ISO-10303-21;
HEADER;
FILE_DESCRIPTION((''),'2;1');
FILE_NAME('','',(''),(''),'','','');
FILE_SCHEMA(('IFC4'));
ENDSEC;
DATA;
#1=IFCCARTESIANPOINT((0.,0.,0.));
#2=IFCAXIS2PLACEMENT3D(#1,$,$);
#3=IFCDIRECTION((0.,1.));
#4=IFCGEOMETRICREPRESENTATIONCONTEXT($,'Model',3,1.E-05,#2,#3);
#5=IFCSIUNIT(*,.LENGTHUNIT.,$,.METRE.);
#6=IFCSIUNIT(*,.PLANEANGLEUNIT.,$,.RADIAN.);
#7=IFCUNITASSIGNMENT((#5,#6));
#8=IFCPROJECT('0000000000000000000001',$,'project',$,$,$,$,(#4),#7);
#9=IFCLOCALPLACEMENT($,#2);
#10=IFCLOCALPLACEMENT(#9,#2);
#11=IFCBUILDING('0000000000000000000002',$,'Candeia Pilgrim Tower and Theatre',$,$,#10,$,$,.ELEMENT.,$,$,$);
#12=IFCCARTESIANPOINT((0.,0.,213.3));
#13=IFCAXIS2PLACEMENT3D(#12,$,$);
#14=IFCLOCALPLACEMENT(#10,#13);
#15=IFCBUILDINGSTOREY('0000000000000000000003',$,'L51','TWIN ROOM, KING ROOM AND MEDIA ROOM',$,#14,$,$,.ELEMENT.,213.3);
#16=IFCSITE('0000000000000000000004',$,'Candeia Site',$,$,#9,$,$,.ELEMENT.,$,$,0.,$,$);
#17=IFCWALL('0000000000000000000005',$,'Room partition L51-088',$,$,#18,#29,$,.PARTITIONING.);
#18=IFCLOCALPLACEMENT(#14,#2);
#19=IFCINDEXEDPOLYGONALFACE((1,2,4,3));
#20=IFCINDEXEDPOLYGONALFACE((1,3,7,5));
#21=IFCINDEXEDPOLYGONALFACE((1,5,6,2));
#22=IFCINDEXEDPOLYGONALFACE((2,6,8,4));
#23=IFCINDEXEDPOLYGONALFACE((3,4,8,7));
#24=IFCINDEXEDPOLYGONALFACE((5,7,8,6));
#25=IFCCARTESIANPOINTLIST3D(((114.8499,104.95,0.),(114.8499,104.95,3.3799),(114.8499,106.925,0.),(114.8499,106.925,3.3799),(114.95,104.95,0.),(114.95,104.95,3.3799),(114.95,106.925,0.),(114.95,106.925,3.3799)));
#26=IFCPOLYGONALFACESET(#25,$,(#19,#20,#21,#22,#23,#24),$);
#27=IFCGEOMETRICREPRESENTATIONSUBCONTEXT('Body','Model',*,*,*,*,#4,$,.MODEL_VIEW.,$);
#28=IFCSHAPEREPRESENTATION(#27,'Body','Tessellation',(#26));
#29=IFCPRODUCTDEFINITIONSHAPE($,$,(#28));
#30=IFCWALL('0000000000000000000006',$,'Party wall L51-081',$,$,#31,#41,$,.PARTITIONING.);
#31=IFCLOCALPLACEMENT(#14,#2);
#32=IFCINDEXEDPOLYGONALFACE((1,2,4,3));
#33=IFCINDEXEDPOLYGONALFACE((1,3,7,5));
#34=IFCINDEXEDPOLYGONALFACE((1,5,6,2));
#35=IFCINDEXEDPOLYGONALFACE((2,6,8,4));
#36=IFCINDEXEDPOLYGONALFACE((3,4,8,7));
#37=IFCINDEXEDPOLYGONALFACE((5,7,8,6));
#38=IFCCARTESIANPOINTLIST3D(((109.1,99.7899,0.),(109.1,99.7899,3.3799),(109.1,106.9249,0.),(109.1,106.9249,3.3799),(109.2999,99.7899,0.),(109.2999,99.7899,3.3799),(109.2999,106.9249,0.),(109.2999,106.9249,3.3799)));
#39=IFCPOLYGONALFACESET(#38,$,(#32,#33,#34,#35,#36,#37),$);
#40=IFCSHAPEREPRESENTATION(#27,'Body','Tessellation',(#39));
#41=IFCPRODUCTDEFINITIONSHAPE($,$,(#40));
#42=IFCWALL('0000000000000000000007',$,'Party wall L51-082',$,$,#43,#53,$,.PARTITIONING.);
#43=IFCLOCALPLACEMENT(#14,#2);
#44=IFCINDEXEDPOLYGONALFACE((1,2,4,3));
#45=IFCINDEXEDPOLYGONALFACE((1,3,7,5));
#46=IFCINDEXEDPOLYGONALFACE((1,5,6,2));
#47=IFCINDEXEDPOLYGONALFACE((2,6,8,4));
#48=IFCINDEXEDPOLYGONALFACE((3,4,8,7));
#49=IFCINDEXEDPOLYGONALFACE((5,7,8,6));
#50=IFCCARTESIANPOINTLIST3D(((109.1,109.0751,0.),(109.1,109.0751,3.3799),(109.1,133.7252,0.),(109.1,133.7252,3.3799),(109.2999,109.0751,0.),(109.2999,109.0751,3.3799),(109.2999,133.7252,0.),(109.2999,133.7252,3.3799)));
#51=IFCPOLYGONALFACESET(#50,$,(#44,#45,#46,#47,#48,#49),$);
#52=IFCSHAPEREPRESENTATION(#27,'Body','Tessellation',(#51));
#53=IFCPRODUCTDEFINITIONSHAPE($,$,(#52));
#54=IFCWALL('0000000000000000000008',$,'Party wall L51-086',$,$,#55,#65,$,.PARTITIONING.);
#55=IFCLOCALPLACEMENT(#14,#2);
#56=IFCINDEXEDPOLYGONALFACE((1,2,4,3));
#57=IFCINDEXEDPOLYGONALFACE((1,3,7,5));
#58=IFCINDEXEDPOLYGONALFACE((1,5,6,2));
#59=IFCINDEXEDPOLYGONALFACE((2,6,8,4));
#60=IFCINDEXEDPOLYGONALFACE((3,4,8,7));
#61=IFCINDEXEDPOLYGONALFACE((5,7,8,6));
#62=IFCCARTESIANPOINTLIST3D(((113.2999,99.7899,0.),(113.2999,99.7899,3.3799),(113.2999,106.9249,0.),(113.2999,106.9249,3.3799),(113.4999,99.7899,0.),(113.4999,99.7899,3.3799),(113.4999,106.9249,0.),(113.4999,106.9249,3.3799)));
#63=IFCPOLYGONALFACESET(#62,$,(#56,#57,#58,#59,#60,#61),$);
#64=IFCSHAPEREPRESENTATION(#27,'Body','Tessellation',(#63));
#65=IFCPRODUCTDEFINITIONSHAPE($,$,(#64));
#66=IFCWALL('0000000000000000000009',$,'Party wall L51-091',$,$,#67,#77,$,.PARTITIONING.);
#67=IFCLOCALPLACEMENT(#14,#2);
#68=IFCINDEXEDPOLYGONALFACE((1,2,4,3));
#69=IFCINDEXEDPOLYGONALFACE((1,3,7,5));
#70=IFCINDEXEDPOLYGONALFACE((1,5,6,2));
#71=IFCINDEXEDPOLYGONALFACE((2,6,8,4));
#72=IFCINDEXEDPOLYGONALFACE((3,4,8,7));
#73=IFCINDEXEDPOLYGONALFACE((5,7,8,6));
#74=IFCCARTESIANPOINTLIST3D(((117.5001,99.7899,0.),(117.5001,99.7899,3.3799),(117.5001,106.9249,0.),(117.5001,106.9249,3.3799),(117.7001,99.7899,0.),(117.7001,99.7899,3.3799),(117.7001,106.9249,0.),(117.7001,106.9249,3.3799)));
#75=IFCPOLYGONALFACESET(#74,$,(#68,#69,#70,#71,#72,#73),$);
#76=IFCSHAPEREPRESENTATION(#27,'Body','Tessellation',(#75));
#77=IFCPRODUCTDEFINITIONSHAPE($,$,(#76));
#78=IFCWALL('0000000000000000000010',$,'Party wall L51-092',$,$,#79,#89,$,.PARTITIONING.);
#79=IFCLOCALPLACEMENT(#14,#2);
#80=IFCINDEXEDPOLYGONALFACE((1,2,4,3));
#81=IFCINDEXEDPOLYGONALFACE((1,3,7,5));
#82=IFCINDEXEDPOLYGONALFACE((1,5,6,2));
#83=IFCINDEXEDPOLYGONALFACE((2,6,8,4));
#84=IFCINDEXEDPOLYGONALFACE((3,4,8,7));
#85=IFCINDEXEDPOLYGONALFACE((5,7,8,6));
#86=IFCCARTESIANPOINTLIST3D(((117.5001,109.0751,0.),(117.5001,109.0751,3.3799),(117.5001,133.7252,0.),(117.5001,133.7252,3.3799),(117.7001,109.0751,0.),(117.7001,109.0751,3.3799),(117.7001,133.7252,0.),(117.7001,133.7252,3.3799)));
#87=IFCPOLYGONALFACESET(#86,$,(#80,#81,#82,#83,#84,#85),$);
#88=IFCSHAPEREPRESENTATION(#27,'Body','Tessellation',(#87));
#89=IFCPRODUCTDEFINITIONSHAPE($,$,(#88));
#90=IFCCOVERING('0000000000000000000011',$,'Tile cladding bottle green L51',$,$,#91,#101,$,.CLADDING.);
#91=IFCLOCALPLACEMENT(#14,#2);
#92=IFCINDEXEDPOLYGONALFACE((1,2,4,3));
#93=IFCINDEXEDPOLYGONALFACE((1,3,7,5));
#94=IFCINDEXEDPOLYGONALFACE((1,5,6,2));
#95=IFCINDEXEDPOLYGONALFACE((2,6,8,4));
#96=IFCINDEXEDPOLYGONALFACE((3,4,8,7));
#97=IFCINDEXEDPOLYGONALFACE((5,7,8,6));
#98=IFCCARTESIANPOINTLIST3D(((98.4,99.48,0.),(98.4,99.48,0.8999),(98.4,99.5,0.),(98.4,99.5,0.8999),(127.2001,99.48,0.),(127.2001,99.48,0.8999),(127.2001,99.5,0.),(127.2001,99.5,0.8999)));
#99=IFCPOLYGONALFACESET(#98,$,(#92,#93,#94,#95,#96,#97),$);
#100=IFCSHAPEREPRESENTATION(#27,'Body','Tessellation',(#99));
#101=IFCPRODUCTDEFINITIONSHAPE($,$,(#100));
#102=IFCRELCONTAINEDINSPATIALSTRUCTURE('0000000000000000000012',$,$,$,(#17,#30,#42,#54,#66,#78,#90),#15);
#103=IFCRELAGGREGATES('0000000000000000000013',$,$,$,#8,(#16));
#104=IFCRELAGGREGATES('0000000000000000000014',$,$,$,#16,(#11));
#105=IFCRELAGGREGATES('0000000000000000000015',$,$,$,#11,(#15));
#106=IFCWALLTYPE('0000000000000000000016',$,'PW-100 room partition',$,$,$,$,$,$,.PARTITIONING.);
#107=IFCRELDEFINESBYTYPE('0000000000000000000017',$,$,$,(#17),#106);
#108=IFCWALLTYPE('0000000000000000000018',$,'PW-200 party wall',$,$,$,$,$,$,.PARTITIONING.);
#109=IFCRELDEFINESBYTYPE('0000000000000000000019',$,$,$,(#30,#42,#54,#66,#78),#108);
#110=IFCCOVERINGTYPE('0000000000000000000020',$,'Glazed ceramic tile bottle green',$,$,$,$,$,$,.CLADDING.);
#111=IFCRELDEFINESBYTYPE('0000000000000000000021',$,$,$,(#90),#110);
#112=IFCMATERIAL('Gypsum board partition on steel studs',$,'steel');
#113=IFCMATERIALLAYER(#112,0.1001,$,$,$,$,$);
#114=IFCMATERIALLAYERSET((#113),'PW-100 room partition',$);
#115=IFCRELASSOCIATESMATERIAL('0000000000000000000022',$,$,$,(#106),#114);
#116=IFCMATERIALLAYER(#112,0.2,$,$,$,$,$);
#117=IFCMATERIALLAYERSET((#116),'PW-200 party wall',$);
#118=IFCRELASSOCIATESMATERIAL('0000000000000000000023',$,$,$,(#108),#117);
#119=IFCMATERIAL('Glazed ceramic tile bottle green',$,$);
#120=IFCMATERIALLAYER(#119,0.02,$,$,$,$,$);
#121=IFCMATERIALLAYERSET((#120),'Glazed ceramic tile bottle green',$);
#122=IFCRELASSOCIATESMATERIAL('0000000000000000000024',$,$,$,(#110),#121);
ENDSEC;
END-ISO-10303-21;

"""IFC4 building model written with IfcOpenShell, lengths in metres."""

from ifc_helpers import new_model, si_unit, direction, frame, frame_2d, origin, origin_2d, place, context, subcontext, project, spatial, rectangle, extrude, material, layer, layer_set, type_object, element, save


model = new_model("IFC4")

# Units and contexts
model_context = context("Model", 3, precision=1e-05, world=origin(), true_north=direction((0.0, 1.0)))
body_context = subcontext(model_context, "Body", "Model", "MODEL_VIEW")
ifc_project = project(units=[si_unit("LENGTHUNIT", "METRE"), si_unit("PLANEANGLEUNIT", "RADIAN")], contexts=[model_context])

# Site, building, storey
site_placement = place(None, origin())
site = spatial("IfcSite", under=ifc_project, at=site_placement, Name="Candeia Site", CompositionType="ELEMENT", RefElevation=0.0)
building_placement = place(site_placement, origin())
building = spatial("IfcBuilding", under=site, at=building_placement, Name="Candeia Pilgrim Tower and Theatre", CompositionType="ELEMENT")
storey_placement = place(building_placement, frame((0.0, 0.0, 213.3)))
storey = spatial("IfcBuildingStorey", under=building, at=storey_placement, Name="L51", Description="TWIN ROOM, KING ROOM AND MEDIA ROOM", CompositionType="ELEMENT", Elevation=213.3)

# Shared definitions
ifc_material_1 = material(Name="Gypsum board partition on steel studs", Category="steel")
ifc_layer_1 = layer(ifc_material_1, 0.1001)
ifc_layer_set_1 = layer_set([ifc_layer_1], Name="PW-100 room partition")
wall_type_1 = type_object("IfcWallType", Name="PW-100 room partition", PredefinedType="PARTITIONING", material=ifc_layer_set_1)

# Walls
wall_1_placement = place(storey_placement, frame((114.8999, 104.95, 0.0), z_axis=(0.0, 0.0, 1.0), x_axis=(0.0, 1.0, 0.0)))
element("IfcWall", 1, at=wall_1_placement, inside=storey, type_object=wall_type_1, Name="Room partition L51-088", PredefinedType="PARTITIONING", context=body_context, shape_type="SweptSolid", body=[
    extrude(rectangle(XDim=1.9751, YDim=0.1001, at=frame_2d((0.9875, 0.0))), origin(), (0.0, 0.0, 1.0), 3.3799),
])
ifc_layer_2 = layer(ifc_material_1, 0.2)
ifc_layer_set_2 = layer_set([ifc_layer_2], Name="PW-200 party wall")
wall_type_2 = type_object("IfcWallType", Name="PW-200 party wall", PredefinedType="PARTITIONING", material=ifc_layer_set_2)
wall_2_placement = place(storey_placement, frame((109.2, 99.79, 0.0), z_axis=(0.0, 0.0, 1.0), x_axis=(0.0, 1.0, 0.0)))
element("IfcWall", 2, at=wall_2_placement, inside=storey, type_object=wall_type_2, Name="Party wall L51-081", PredefinedType="PARTITIONING", context=body_context, shape_type="SweptSolid", body=[
    extrude(rectangle(XDim=7.135, YDim=0.2, at=frame_2d((3.5674, 0.0))), origin(), (0.0, 0.0, 1.0), 3.3799),
])
wall_3_placement = place(storey_placement, frame((109.2, 109.075, 0.0), z_axis=(0.0, 0.0, 1.0), x_axis=(0.0, 1.0, 0.0)))
element("IfcWall", 3, at=wall_3_placement, inside=storey, type_object=wall_type_2, Name="Party wall L51-082", PredefinedType="PARTITIONING", context=body_context, shape_type="SweptSolid", body=[
    extrude(rectangle(XDim=24.6501, YDim=0.2, at=frame_2d((12.3252, 0.0))), origin(), (0.0, 0.0, 1.0), 3.3799),
])
for number, where, z_axis, x_axis, name in (
    (4, (113.3999, 99.79, 0.0), (0.0, 0.0, 1.0), (0.0, 1.0, 0.0), "Party wall L51-086"),
    (5, (117.6001, 99.79, 0.0), (0.0, 0.0, 1.0), (0.0, 1.0, 0.0), "Party wall L51-091"),
):
    element("IfcWall", number, at=place(storey_placement, frame(where, z_axis=z_axis, x_axis=x_axis)), inside=storey, type_object=wall_type_2, Name=name, PredefinedType="PARTITIONING", context=body_context, shape_type="SweptSolid", body=[
        extrude(rectangle(XDim=7.135, YDim=0.2, at=frame_2d((3.5674, 0.0))), origin(), (0.0, 0.0, 1.0), 3.3799),
    ])
wall_4_placement = place(storey_placement, frame((117.6001, 109.075, 0.0), z_axis=(0.0, 0.0, 1.0), x_axis=(0.0, 1.0, 0.0)))
element("IfcWall", 6, at=wall_4_placement, inside=storey, type_object=wall_type_2, Name="Party wall L51-092", PredefinedType="PARTITIONING", context=body_context, shape_type="SweptSolid", body=[
    extrude(rectangle(XDim=24.6501, YDim=0.2, at=frame_2d((12.3252, 0.0))), origin(), (0.0, 0.0, 1.0), 3.3799),
])

# Covering
ifc_material_2 = material(Name="Glazed ceramic tile bottle green")
ifc_layer_3 = layer(ifc_material_2, 0.02)
ifc_layer_set_3 = layer_set([ifc_layer_3], Name="Glazed ceramic tile bottle green")
covering_type = type_object("IfcCoveringType", Name="Glazed ceramic tile bottle green", PredefinedType="CLADDING", material=ifc_layer_set_3)
covering_placement = place(storey_placement, frame((112.8, 99.49, 0.0), z_axis=(0.0, 0.0, 1.0), x_axis=(1.0, 0.0, 0.0)))
element("IfcCovering", 7, at=covering_placement, inside=storey, type_object=covering_type, Name="Tile cladding bottle green L51", PredefinedType="CLADDING", context=body_context, shape_type="SweptSolid", body=[
    extrude(rectangle(XDim=28.8, YDim=0.02, at=origin_2d()), origin(), (0.0, 0.0, 1.0), 0.8999),
])

save(model, "model.ifc")
